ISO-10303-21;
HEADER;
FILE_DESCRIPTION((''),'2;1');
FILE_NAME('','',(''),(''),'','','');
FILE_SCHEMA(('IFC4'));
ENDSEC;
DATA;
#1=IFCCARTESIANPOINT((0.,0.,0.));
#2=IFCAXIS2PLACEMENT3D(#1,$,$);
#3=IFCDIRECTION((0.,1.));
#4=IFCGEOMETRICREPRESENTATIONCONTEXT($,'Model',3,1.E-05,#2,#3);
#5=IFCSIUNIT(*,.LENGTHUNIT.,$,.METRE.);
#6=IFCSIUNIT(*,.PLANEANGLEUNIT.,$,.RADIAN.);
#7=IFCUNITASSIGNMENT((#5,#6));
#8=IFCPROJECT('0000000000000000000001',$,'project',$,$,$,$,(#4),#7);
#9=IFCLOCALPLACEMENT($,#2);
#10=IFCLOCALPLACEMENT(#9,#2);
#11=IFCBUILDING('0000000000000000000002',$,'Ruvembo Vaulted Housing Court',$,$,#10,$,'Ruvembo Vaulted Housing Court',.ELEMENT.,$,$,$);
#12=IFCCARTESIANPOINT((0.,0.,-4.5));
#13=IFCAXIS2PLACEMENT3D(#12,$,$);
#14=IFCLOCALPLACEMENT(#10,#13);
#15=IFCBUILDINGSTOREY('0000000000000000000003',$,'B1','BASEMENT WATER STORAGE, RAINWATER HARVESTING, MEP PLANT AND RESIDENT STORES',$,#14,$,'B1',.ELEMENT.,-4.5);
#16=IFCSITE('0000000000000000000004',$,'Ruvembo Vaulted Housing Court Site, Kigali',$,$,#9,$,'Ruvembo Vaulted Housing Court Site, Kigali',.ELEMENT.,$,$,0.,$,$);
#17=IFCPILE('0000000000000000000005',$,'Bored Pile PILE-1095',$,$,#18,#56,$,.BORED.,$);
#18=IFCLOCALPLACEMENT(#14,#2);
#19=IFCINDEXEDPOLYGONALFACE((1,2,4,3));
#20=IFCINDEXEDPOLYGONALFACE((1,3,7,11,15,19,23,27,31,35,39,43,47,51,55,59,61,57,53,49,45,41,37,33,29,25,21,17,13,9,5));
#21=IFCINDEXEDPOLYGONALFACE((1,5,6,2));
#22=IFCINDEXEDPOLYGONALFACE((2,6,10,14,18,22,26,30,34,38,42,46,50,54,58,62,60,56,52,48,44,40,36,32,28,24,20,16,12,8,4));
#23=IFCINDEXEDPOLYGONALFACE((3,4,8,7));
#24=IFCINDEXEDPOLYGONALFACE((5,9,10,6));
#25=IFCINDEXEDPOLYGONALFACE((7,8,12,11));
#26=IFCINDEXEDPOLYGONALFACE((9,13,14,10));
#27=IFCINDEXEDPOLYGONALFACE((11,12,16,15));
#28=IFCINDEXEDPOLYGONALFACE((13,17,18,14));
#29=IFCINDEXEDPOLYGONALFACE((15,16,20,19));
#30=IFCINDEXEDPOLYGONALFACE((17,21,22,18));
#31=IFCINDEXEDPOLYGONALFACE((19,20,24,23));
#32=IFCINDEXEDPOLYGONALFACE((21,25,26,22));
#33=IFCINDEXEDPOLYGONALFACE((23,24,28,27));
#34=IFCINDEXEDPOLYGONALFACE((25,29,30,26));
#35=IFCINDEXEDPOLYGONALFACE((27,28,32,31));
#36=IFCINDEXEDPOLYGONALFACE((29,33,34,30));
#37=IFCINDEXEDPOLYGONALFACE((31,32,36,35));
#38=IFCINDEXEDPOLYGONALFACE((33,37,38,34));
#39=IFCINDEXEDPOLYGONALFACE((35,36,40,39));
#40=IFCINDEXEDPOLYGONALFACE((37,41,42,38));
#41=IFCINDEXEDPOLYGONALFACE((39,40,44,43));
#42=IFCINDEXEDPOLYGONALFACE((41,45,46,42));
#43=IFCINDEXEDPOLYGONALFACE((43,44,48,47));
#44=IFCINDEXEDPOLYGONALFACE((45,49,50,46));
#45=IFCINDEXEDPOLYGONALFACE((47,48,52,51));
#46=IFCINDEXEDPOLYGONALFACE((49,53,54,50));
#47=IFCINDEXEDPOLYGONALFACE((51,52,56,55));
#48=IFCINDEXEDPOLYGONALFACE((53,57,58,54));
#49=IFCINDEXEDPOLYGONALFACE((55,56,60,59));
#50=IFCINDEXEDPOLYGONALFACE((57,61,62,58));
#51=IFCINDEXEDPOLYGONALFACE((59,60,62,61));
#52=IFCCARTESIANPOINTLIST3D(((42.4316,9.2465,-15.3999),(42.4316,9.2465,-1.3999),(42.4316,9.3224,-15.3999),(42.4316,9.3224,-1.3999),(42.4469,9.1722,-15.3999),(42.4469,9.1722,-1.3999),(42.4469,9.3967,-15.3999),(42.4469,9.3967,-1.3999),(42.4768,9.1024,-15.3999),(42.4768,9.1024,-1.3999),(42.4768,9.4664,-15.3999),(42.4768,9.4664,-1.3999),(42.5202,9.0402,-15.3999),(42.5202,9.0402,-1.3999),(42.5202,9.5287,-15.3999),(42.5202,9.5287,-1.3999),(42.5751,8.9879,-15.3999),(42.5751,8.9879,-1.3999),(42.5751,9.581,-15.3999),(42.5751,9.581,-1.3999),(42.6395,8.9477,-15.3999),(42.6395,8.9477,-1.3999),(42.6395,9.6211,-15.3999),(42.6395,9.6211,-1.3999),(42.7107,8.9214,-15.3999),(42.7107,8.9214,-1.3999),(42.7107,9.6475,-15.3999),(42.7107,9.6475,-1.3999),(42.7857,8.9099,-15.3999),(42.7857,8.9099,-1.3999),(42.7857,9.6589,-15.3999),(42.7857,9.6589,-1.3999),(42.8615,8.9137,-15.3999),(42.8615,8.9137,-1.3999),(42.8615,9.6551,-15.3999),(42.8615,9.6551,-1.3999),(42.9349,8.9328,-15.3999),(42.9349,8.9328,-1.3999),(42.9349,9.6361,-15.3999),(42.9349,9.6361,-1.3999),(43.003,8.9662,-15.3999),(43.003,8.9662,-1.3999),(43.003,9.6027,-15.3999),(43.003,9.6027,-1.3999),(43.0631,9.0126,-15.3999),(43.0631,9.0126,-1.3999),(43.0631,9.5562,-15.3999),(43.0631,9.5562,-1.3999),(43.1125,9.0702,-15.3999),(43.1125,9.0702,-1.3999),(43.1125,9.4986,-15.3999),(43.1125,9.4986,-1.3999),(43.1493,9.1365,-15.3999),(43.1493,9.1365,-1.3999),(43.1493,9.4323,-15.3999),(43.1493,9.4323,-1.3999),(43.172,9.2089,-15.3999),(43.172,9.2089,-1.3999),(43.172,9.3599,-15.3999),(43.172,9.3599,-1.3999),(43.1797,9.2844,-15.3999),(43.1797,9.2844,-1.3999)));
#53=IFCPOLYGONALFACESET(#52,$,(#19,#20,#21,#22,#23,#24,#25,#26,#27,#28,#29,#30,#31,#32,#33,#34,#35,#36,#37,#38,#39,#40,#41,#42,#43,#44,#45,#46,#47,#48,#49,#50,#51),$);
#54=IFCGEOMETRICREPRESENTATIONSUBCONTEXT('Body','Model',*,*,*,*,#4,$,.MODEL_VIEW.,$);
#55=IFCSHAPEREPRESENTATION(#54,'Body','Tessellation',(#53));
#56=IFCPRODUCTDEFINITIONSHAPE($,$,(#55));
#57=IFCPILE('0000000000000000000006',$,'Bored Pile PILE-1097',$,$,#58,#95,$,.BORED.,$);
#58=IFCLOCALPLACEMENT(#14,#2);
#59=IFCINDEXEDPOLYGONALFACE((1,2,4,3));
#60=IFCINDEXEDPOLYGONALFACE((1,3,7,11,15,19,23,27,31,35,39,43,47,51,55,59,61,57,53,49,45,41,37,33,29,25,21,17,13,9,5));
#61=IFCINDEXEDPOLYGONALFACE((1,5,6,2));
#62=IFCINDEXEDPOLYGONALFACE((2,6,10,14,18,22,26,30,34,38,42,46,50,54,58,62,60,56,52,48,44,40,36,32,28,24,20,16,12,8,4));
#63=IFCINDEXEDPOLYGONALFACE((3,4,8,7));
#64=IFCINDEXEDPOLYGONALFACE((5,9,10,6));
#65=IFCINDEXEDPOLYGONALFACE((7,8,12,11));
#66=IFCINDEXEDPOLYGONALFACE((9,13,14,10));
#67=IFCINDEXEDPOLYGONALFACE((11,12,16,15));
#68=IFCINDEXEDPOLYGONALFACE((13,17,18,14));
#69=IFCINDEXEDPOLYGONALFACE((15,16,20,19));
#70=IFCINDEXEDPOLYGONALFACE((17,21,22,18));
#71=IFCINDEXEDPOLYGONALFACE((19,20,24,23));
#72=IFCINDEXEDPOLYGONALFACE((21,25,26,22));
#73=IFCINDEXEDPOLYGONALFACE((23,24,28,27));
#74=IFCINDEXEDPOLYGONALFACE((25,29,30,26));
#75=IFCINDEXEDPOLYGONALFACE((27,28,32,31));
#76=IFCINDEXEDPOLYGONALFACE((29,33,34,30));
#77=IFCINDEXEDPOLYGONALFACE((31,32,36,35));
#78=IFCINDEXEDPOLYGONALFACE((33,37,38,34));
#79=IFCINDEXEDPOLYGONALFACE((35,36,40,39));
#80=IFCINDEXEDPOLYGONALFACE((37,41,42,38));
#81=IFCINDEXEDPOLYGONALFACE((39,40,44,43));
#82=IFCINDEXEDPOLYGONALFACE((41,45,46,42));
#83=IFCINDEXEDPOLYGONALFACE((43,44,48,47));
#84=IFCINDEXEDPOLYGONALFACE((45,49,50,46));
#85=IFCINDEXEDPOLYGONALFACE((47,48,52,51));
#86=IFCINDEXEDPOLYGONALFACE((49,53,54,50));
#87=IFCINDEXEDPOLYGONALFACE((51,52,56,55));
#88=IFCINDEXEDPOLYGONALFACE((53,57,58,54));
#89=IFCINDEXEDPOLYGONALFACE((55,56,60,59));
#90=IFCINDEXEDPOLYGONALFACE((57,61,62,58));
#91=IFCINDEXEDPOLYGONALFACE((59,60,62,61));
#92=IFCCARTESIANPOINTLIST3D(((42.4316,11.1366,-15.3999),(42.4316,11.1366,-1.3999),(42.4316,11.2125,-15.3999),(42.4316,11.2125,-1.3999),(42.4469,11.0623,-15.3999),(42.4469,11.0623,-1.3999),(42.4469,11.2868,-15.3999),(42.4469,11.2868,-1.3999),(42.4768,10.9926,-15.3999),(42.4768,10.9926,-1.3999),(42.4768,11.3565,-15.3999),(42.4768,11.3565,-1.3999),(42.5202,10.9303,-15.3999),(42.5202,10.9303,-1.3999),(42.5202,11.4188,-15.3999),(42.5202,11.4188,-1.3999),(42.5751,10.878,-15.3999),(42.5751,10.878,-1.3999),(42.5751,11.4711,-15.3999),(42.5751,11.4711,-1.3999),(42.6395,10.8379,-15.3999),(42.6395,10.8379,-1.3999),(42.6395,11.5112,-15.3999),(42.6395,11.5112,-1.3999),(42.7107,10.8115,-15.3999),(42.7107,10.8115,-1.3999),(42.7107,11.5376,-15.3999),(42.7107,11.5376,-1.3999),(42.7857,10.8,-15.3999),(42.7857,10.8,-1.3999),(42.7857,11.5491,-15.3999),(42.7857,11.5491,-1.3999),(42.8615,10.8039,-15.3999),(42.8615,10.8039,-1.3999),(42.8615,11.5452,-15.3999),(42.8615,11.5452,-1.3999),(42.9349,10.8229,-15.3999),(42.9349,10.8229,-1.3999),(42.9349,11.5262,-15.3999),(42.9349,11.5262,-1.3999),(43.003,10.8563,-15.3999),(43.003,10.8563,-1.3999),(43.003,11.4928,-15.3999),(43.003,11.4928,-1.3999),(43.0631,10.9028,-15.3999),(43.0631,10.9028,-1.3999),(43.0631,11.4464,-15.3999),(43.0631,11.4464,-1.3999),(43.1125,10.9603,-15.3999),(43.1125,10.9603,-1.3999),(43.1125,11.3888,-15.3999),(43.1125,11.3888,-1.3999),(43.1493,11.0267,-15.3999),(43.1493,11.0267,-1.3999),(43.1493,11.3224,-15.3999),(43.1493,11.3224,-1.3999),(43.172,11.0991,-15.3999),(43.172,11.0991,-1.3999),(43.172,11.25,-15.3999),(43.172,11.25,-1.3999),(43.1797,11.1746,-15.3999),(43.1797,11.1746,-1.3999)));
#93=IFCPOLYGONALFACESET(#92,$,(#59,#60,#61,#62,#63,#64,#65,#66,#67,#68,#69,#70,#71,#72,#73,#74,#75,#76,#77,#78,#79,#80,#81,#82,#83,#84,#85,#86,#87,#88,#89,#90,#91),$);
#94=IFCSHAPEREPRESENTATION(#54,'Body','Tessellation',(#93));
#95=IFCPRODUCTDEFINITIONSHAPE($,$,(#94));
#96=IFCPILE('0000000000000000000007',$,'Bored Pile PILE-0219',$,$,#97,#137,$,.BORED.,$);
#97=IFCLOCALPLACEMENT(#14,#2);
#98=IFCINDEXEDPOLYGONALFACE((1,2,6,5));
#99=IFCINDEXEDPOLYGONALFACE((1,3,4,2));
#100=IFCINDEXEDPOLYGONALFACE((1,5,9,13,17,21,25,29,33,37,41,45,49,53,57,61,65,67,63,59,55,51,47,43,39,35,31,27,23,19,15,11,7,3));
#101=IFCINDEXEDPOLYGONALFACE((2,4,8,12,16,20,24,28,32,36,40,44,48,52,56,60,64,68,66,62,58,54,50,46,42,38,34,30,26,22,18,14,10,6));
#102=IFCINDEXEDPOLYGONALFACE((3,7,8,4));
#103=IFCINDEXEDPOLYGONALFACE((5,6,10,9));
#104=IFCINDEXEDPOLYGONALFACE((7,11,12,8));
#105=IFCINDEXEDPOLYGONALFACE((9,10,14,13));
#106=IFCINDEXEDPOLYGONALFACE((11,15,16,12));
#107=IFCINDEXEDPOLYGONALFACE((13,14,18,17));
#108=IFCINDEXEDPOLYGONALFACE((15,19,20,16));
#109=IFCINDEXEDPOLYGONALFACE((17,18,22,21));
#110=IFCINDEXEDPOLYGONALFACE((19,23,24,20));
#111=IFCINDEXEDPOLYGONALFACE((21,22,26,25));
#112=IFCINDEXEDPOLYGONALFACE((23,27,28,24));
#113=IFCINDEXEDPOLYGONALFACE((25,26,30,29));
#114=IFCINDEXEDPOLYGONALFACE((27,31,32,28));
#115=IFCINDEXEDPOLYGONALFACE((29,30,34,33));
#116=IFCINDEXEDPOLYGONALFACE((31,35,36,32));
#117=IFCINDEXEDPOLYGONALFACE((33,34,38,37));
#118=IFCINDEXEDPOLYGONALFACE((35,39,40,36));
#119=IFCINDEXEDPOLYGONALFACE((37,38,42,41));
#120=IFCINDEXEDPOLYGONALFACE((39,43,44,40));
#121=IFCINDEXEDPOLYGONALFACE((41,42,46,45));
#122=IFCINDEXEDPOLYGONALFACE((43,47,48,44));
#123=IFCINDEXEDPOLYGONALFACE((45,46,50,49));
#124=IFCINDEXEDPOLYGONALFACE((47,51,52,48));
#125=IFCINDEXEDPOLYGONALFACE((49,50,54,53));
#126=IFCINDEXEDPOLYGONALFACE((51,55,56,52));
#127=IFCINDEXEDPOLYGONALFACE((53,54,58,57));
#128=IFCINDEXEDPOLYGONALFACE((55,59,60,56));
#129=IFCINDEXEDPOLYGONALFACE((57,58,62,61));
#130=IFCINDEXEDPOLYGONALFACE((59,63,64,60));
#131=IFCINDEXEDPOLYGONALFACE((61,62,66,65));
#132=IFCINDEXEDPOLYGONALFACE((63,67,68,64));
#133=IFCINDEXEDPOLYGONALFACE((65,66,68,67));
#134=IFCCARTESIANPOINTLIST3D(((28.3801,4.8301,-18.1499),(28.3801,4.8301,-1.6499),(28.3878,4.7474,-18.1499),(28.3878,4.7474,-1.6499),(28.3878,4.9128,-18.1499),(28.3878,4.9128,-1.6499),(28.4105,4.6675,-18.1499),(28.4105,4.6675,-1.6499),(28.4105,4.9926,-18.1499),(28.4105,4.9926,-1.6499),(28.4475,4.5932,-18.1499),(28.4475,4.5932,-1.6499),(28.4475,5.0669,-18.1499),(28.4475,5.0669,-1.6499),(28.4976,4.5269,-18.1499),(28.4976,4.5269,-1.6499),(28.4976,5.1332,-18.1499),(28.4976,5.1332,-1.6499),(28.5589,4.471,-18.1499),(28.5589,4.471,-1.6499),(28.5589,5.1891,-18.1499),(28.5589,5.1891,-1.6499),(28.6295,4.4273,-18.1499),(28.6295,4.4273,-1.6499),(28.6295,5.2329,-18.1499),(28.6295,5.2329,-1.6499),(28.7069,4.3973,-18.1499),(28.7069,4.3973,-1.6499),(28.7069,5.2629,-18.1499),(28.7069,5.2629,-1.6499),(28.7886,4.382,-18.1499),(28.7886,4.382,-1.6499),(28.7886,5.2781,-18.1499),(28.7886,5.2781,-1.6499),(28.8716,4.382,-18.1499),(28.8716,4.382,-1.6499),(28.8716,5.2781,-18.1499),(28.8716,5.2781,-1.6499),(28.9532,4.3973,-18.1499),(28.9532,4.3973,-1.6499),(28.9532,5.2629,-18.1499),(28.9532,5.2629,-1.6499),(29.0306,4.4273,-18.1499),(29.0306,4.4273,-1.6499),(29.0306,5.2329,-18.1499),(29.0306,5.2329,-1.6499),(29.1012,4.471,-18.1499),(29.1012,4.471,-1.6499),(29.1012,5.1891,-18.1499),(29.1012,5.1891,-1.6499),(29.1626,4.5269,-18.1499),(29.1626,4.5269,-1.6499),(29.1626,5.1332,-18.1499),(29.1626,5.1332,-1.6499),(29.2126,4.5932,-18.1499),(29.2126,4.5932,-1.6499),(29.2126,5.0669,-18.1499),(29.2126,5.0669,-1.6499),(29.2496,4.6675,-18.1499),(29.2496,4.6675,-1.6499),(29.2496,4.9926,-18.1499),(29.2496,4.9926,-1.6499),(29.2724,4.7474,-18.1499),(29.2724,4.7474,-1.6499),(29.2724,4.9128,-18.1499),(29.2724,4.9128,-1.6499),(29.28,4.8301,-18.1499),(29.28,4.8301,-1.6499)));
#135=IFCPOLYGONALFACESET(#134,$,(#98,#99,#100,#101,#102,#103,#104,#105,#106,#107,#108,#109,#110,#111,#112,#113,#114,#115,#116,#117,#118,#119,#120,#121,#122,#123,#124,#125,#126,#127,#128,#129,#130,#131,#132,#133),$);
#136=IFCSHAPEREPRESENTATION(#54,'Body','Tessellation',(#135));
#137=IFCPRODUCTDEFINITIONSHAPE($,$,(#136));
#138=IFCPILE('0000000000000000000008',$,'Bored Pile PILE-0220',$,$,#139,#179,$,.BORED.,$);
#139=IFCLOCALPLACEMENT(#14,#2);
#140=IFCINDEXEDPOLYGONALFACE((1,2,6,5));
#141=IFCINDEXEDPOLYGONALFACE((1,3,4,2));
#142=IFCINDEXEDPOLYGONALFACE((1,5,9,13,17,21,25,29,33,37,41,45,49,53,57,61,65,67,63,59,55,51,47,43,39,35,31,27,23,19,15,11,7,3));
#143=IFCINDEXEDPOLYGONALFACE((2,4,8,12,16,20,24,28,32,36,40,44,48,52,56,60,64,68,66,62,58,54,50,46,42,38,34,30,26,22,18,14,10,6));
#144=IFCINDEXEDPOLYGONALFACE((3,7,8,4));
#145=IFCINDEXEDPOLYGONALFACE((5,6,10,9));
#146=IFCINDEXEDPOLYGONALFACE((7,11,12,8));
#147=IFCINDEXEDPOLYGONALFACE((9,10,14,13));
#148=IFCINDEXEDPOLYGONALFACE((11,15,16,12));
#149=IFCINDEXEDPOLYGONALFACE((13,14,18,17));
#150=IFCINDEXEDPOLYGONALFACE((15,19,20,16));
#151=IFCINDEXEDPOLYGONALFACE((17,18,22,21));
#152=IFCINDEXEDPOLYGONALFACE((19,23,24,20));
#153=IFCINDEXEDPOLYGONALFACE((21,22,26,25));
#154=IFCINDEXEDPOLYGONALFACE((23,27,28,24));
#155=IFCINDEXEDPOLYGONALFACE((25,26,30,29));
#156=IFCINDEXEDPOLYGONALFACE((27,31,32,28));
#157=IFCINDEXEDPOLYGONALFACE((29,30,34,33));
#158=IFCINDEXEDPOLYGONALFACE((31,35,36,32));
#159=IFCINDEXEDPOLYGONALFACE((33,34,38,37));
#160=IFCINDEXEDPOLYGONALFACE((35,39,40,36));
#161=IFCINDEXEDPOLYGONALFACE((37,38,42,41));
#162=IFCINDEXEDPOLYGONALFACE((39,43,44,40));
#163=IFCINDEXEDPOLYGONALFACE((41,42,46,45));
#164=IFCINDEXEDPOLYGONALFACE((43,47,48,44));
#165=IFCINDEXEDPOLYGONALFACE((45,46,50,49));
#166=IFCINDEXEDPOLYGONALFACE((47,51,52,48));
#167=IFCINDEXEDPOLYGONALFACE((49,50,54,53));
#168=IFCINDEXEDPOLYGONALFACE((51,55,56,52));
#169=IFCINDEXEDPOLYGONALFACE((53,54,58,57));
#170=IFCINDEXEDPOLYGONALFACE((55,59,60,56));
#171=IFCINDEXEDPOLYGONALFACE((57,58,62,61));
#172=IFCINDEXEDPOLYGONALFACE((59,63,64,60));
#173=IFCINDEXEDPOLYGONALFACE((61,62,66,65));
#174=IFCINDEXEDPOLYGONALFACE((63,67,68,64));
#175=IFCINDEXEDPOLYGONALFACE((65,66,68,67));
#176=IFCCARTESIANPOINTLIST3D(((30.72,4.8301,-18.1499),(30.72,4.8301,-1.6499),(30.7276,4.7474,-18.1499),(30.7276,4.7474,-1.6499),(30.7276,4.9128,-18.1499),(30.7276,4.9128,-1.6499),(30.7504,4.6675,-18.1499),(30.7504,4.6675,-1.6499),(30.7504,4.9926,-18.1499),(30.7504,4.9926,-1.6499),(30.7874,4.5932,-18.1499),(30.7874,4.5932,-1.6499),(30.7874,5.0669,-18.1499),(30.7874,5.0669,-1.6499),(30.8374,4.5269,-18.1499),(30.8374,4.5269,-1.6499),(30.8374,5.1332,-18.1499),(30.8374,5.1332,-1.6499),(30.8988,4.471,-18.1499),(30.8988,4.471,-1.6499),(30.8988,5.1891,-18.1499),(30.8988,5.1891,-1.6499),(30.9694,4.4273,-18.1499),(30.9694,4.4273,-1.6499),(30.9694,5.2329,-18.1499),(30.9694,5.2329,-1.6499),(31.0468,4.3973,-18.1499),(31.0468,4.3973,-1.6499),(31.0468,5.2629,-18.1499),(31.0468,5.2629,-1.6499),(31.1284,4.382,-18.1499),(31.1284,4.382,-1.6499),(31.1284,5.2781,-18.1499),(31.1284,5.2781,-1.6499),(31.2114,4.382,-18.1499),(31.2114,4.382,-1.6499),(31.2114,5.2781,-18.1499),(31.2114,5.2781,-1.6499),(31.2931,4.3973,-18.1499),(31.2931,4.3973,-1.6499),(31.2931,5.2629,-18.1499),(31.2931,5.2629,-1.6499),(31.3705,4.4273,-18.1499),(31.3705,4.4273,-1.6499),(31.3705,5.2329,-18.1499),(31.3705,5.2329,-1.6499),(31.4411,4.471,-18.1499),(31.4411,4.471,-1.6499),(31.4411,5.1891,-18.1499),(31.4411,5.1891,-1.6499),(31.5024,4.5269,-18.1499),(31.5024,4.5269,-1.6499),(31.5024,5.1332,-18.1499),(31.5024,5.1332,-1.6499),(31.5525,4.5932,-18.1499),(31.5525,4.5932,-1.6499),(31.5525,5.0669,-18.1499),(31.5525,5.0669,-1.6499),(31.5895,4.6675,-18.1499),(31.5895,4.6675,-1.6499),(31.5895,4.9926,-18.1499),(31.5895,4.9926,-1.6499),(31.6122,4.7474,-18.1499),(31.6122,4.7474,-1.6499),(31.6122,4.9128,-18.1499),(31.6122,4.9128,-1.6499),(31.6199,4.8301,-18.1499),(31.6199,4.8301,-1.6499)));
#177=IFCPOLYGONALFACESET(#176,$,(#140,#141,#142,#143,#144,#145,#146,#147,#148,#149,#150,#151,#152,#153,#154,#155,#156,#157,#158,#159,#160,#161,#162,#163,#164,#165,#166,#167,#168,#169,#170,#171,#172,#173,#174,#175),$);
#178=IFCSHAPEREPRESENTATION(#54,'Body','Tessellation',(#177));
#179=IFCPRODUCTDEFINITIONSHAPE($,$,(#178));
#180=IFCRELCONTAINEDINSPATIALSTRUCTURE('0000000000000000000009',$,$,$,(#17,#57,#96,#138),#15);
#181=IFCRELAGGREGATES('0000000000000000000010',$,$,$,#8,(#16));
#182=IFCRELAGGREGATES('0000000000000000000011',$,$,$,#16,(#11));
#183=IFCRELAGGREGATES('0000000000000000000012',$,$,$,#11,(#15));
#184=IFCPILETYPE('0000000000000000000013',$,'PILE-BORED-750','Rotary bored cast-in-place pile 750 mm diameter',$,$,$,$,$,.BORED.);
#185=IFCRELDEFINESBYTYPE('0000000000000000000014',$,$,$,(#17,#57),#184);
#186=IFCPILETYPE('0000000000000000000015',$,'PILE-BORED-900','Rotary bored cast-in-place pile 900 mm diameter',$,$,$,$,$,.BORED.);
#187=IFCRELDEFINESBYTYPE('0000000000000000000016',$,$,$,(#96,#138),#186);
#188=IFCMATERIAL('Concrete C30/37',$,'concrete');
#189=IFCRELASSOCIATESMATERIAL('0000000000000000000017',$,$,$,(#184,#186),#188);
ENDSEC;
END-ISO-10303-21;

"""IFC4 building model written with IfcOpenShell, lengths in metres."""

from ifc_helpers import new_model, si_unit, direction, frame, origin, origin_2d, place, context, subcontext, project, spatial, circle, extrude, material, material_profile, profile_set, type_object, element, save


model = new_model("IFC4")

# Units and contexts
model_context = context("Model", 3, precision=1e-05, world=origin(), true_north=direction((0.0, 1.0)))
body_context = subcontext(model_context, "Body", "Model", "MODEL_VIEW")
ifc_project = project(units=[si_unit("LENGTHUNIT", "METRE"), si_unit("PLANEANGLEUNIT", "RADIAN")], contexts=[model_context])

# Site, building, storey
site_placement = place(None, origin())
site = spatial("IfcSite", under=ifc_project, at=site_placement, Name="Ruvembo Vaulted Housing Court Site, Kigali", LongName="Ruvembo Vaulted Housing Court Site, Kigali", CompositionType="ELEMENT", RefElevation=0.0)
building_placement = place(site_placement, origin())
building = spatial("IfcBuilding", under=site, at=building_placement, Name="Ruvembo Vaulted Housing Court", LongName="Ruvembo Vaulted Housing Court", CompositionType="ELEMENT")
storey_placement = place(building_placement, frame((0.0, 0.0, -4.5)))
storey = spatial("IfcBuildingStorey", under=building, at=storey_placement, Name="B1", Description="BASEMENT WATER STORAGE, RAINWATER HARVESTING, MEP PLANT AND RESIDENT STORES", LongName="B1", CompositionType="ELEMENT", Elevation=-4.5)

# Piles
ifc_material_1 = material(Name="Concrete C30/37", Category="concrete")
ifc_material_profile_1 = material_profile(ifc_material_1, circle(Radius=0.375, at=origin_2d()), Name="PILE D750")
ifc_profile_set_1 = profile_set([ifc_material_profile_1], Name="Concrete C30/37")
pile_type_1 = type_object("IfcPileType", Name="PILE-BORED-750", Description="Rotary bored cast-in-place pile 750 mm diameter", PredefinedType="BORED", material=ifc_profile_set_1)
for number, where, z_axis, x_axis, name in (
    (1, (42.8047, 9.2844, -1.3999), (0.0, 0.0, -1.0), (1.0, 0.0, 0.0), "Bored Pile PILE-1095"),
    (2, (42.8047, 11.1746, -1.3999), (0.0, 0.0, -1.0), (1.0, 0.0, 0.0), "Bored Pile PILE-1097"),
):
    element("IfcPile", number, at=place(storey_placement, frame(where, z_axis=z_axis, x_axis=x_axis)), inside=storey, type_object=pile_type_1, Name=name, PredefinedType="BORED", context=body_context, shape_type="SweptSolid", body=[
        extrude(circle(Radius=0.375, at=origin_2d()), origin(), (0.0, 0.0, 1.0), 14.0),
    ])
ifc_material_profile_2 = material_profile(ifc_material_1, circle(Radius=0.45, at=origin_2d()), Name="PILE D900")
ifc_profile_set_2 = profile_set([ifc_material_profile_2], Name="Concrete C30/37")
pile_type_2 = type_object("IfcPileType", Name="PILE-BORED-900", Description="Rotary bored cast-in-place pile 900 mm diameter", PredefinedType="BORED", material=ifc_profile_set_2)
for number, where, z_axis, x_axis, name in (
    (3, (28.8301, 4.8301, -1.6499), (0.0, 0.0, -1.0), (1.0, 0.0, 0.0), "Bored Pile PILE-0219"),
    (4, (31.1699, 4.8301, -1.6499), (0.0, 0.0, -1.0), (1.0, 0.0, 0.0), "Bored Pile PILE-0220"),
):
    element("IfcPile", number, at=place(storey_placement, frame(where, z_axis=z_axis, x_axis=x_axis)), inside=storey, type_object=pile_type_2, Name=name, PredefinedType="BORED", context=body_context, shape_type="SweptSolid", body=[
        extrude(circle(Radius=0.45, at=origin_2d()), origin(), (0.0, 0.0, 1.0), 16.5),
    ])

save(model, "model.ifc")
